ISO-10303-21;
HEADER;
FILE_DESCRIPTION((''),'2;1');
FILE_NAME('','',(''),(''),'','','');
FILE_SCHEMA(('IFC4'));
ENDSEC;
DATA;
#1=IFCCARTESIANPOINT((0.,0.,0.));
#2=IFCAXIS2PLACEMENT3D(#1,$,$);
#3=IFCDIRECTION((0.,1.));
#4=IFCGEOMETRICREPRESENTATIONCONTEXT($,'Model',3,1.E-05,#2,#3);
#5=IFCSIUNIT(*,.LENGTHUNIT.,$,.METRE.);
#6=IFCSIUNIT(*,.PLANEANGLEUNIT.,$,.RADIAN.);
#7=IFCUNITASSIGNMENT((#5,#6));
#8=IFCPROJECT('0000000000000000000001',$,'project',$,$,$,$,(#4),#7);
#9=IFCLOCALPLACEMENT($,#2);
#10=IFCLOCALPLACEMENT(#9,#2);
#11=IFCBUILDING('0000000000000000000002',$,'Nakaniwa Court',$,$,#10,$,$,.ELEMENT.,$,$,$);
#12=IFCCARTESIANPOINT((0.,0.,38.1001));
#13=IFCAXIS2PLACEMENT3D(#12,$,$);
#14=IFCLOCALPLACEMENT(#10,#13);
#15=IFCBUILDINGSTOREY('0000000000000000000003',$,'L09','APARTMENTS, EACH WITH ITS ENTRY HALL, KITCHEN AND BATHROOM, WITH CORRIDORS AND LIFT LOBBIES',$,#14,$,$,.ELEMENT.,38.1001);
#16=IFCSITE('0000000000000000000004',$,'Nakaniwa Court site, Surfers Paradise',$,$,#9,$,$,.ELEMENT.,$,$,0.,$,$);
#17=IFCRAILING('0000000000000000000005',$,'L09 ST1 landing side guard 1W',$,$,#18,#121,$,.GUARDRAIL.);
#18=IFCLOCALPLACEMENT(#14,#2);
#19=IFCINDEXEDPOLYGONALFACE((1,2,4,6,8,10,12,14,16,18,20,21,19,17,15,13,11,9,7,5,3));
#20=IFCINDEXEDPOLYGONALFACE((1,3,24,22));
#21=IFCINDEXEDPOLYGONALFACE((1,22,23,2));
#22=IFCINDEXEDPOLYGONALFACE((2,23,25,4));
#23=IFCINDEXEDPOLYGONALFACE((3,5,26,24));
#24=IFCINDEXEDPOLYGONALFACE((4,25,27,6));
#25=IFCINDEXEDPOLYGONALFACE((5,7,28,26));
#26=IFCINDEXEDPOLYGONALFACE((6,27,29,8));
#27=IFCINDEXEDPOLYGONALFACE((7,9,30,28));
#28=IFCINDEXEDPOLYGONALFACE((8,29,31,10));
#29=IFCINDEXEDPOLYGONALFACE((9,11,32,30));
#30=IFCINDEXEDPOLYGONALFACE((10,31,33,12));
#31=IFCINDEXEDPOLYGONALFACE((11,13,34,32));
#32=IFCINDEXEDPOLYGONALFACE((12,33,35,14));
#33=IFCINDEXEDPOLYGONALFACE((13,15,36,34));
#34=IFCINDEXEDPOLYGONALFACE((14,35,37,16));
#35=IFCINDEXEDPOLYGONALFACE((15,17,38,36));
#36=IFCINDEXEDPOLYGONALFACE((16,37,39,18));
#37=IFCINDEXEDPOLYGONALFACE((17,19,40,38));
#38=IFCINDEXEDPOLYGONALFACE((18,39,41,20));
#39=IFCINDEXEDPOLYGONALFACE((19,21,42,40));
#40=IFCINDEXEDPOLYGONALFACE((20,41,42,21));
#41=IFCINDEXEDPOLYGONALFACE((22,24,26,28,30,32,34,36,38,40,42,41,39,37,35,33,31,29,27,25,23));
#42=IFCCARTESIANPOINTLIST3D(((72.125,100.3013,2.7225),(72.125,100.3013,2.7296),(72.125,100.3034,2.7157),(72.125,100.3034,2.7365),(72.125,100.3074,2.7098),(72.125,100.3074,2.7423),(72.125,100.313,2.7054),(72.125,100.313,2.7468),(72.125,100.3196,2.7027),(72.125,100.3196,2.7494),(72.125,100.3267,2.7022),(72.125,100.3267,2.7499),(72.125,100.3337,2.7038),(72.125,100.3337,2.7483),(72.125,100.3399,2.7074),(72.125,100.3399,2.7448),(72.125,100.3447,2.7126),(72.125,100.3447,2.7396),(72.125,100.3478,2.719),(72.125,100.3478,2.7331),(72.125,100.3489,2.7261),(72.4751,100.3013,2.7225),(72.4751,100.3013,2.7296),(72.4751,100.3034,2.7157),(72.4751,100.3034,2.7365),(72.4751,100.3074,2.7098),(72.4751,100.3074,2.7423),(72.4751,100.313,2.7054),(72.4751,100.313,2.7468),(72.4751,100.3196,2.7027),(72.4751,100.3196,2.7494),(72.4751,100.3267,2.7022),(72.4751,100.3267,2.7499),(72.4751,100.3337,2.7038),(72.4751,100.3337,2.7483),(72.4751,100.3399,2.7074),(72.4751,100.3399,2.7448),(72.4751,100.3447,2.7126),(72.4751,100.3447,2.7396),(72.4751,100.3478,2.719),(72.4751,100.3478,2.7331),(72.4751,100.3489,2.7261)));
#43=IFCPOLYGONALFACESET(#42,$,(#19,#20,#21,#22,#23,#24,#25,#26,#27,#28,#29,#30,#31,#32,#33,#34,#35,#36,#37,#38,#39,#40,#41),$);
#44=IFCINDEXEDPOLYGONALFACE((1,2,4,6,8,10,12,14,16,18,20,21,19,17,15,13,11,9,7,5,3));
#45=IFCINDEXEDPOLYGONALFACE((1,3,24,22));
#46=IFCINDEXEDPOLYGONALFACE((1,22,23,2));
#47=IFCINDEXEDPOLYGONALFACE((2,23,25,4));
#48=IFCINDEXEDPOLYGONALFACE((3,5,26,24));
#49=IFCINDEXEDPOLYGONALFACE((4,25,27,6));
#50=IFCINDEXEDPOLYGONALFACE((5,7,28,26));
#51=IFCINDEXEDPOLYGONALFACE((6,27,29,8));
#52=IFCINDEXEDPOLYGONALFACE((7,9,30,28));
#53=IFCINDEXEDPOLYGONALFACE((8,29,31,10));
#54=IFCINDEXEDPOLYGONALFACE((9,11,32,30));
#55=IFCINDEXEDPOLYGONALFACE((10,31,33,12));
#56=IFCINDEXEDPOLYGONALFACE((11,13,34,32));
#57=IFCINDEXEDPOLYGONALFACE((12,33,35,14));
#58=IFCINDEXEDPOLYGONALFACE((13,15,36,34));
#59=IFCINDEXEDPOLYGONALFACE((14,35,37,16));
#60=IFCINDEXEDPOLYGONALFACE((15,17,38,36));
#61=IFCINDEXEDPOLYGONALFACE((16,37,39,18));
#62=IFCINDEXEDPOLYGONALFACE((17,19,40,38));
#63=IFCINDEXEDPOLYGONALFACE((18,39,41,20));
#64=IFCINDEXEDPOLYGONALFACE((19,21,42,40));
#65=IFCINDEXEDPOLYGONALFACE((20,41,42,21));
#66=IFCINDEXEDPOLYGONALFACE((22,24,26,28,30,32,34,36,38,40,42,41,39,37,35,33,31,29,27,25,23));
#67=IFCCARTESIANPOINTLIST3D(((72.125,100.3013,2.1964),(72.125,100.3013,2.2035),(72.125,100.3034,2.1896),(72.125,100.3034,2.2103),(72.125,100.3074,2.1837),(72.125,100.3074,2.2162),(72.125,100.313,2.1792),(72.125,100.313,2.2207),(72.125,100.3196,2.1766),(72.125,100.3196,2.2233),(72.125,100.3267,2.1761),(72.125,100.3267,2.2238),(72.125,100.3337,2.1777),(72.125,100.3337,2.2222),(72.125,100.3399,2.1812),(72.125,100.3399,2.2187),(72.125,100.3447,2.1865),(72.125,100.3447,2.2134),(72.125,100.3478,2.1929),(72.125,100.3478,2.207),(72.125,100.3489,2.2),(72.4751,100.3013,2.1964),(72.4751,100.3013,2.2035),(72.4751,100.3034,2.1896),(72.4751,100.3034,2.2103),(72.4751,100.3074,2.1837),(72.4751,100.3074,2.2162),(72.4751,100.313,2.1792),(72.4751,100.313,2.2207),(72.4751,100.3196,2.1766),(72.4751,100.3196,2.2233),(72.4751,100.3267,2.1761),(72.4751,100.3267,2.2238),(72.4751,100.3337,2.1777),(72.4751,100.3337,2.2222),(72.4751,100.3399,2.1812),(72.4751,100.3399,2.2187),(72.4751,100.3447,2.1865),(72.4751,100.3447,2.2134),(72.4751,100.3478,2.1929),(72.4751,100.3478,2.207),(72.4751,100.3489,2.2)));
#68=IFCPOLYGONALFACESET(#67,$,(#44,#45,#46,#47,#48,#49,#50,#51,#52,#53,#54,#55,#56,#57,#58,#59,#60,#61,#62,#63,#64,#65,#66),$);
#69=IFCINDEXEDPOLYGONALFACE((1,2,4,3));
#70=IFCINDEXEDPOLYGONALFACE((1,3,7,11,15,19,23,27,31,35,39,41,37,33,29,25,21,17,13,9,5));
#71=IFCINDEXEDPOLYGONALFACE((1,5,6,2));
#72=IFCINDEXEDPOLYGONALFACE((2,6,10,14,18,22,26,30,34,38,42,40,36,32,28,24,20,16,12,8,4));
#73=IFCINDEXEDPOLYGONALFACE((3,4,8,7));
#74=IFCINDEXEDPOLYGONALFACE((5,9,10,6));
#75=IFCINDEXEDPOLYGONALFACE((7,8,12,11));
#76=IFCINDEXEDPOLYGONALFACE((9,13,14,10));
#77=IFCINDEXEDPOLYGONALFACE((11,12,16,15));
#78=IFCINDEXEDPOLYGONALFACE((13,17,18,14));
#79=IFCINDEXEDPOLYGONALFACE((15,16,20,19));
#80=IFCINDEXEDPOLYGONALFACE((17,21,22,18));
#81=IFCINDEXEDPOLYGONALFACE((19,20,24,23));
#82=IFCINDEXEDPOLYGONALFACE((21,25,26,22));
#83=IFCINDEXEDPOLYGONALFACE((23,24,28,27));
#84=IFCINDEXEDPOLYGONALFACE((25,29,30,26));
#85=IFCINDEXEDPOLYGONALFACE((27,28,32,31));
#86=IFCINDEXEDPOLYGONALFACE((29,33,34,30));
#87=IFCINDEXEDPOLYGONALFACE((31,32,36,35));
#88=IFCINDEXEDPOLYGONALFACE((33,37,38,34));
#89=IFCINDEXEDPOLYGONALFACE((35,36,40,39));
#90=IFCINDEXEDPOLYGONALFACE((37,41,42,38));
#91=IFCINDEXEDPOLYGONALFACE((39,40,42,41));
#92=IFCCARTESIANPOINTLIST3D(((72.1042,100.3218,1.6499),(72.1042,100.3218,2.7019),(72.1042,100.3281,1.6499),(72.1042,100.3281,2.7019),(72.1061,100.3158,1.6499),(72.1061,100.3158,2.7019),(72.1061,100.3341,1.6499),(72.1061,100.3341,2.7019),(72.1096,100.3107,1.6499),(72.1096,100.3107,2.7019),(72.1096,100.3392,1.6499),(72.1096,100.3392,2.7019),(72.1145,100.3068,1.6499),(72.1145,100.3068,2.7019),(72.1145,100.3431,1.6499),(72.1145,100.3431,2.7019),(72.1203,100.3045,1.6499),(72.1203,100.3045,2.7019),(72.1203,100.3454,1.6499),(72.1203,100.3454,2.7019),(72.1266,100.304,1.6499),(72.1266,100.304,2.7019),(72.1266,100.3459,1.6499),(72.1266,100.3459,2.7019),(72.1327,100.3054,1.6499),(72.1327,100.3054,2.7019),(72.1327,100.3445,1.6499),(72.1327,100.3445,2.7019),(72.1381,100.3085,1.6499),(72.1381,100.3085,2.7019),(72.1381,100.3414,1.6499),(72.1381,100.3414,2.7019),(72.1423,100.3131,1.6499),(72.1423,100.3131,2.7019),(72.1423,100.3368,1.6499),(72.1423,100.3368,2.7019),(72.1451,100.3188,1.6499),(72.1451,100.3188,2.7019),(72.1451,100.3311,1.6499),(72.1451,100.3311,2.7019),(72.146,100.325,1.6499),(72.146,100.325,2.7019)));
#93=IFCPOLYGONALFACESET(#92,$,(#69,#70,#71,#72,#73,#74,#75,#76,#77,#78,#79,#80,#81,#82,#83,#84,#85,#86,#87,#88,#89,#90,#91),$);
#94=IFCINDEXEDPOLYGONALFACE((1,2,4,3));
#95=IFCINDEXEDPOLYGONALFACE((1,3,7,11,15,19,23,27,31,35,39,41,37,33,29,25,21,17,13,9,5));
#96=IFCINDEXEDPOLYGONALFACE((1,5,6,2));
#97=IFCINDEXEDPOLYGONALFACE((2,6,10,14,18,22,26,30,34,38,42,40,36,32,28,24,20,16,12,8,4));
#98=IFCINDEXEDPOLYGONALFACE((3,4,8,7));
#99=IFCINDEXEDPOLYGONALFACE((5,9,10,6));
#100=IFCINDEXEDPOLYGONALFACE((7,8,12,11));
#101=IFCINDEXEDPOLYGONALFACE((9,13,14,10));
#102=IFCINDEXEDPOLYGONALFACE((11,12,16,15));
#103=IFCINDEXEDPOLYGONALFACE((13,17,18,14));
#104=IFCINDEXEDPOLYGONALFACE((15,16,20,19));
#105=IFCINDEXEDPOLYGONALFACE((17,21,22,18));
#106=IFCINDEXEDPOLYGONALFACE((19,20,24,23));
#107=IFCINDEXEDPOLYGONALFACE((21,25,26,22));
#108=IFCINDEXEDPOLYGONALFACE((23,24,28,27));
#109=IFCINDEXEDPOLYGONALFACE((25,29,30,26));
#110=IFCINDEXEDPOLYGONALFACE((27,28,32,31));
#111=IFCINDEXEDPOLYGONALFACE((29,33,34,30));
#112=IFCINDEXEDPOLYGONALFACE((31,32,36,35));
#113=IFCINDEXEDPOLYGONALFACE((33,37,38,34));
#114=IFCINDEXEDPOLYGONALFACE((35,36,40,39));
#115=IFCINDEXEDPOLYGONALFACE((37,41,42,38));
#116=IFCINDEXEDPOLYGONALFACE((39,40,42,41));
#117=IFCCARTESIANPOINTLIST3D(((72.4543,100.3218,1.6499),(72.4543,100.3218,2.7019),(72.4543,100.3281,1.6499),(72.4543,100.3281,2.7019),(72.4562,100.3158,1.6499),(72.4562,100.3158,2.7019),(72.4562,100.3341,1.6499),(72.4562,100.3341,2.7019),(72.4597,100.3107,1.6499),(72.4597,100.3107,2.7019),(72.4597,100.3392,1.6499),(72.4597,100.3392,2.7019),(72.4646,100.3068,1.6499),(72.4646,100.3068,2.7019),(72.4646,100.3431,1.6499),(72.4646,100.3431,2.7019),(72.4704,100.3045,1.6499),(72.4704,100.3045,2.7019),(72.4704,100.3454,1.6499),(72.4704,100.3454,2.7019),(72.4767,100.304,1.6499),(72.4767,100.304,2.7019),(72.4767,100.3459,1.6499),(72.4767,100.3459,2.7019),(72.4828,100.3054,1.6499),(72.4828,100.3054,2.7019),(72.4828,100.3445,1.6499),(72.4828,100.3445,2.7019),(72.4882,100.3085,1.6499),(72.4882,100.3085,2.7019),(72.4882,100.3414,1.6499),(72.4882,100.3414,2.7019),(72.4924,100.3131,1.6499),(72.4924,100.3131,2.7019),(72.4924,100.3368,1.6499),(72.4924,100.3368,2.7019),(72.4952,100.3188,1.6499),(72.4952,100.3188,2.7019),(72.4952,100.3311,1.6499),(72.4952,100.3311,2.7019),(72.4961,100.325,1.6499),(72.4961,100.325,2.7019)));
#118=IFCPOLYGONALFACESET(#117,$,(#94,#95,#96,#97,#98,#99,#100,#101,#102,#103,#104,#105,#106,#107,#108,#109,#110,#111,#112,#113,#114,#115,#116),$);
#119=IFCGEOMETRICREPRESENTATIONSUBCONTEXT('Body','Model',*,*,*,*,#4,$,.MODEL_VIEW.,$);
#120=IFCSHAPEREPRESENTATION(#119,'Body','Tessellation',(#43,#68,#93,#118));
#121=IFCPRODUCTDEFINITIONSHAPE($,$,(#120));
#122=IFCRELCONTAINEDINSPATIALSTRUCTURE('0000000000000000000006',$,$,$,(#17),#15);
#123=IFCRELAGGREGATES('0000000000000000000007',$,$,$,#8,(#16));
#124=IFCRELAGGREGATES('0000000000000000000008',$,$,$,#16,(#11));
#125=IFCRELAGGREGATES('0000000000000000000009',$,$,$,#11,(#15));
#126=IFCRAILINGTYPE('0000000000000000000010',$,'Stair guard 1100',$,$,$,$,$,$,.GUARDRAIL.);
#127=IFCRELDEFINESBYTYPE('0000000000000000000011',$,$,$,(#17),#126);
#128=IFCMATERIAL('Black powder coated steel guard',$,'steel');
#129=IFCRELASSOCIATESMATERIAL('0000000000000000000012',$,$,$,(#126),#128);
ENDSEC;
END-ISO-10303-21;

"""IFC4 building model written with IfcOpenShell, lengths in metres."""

from ifc_helpers import new_model, si_unit, direction, frame, origin, origin_2d, place, context, subcontext, project, spatial, circle, extrude, material, type_object, element, save


model = new_model("IFC4")

# Units and contexts
model_context = context("Model", 3, precision=1e-05, world=origin(), true_north=direction((0.0, 1.0)))
body_context = subcontext(model_context, "Body", "Model", "MODEL_VIEW")
ifc_project = project(units=[si_unit("LENGTHUNIT", "METRE"), si_unit("PLANEANGLEUNIT", "RADIAN")], contexts=[model_context])

# Site, building, storey
site_placement = place(None, origin())
site = spatial("IfcSite", under=ifc_project, at=site_placement, Name="Nakaniwa Court site, Surfers Paradise", CompositionType="ELEMENT", RefElevation=0.0)
building_placement = place(site_placement, origin())
building = spatial("IfcBuilding", under=site, at=building_placement, Name="Nakaniwa Court", CompositionType="ELEMENT")
storey_placement = place(building_placement, frame((0.0, 0.0, 38.1001)))
storey = spatial("IfcBuildingStorey", under=building, at=storey_placement, Name="L09", Description="APARTMENTS, EACH WITH ITS ENTRY HALL, KITCHEN AND BATHROOM, WITH CORRIDORS AND LIFT LOBBIES", CompositionType="ELEMENT", Elevation=38.1001)

# Railing
ifc_material_1 = material(Name="Black powder coated steel guard", Category="steel")
railing_type_1 = type_object("IfcRailingType", Name="Stair guard 1100", PredefinedType="GUARDRAIL", material=ifc_material_1)
for number, where, name in (
    (1, (72.125, 100.325, 1.6499), "L09 ST1 landing side guard 1W"),
):
    element("IfcRailing", number, at=place(storey_placement, frame(where)), inside=storey, type_object=railing_type_1, Name=name, PredefinedType="GUARDRAIL", context=body_context, shape_type="SweptSolid", body=[
        extrude(circle(Radius=0.0239, at=origin_2d()), frame((0.0, 0.0, 1.0762), z_axis=(1.0, 0.0, 0.0), x_axis=(0.0, 1.0, 0.0)), (0.0, 0.0, 1.0), 0.3501),
        extrude(circle(Radius=0.0239, at=origin_2d()), frame((0.0, 0.0, 0.55), z_axis=(1.0, 0.0, 0.0), x_axis=(0.0, 1.0, 0.0)), (0.0, 0.0, 1.0), 0.3501),
        extrude(circle(Radius=0.021, at=origin_2d()), origin(), (0.0, 0.0, 1.0), 1.052),
        extrude(circle(Radius=0.021, at=origin_2d()), frame((0.3501, 0.0, 0.0)), (0.0, 0.0, 1.0), 1.052),
    ])

save(model, "model.ifc")
